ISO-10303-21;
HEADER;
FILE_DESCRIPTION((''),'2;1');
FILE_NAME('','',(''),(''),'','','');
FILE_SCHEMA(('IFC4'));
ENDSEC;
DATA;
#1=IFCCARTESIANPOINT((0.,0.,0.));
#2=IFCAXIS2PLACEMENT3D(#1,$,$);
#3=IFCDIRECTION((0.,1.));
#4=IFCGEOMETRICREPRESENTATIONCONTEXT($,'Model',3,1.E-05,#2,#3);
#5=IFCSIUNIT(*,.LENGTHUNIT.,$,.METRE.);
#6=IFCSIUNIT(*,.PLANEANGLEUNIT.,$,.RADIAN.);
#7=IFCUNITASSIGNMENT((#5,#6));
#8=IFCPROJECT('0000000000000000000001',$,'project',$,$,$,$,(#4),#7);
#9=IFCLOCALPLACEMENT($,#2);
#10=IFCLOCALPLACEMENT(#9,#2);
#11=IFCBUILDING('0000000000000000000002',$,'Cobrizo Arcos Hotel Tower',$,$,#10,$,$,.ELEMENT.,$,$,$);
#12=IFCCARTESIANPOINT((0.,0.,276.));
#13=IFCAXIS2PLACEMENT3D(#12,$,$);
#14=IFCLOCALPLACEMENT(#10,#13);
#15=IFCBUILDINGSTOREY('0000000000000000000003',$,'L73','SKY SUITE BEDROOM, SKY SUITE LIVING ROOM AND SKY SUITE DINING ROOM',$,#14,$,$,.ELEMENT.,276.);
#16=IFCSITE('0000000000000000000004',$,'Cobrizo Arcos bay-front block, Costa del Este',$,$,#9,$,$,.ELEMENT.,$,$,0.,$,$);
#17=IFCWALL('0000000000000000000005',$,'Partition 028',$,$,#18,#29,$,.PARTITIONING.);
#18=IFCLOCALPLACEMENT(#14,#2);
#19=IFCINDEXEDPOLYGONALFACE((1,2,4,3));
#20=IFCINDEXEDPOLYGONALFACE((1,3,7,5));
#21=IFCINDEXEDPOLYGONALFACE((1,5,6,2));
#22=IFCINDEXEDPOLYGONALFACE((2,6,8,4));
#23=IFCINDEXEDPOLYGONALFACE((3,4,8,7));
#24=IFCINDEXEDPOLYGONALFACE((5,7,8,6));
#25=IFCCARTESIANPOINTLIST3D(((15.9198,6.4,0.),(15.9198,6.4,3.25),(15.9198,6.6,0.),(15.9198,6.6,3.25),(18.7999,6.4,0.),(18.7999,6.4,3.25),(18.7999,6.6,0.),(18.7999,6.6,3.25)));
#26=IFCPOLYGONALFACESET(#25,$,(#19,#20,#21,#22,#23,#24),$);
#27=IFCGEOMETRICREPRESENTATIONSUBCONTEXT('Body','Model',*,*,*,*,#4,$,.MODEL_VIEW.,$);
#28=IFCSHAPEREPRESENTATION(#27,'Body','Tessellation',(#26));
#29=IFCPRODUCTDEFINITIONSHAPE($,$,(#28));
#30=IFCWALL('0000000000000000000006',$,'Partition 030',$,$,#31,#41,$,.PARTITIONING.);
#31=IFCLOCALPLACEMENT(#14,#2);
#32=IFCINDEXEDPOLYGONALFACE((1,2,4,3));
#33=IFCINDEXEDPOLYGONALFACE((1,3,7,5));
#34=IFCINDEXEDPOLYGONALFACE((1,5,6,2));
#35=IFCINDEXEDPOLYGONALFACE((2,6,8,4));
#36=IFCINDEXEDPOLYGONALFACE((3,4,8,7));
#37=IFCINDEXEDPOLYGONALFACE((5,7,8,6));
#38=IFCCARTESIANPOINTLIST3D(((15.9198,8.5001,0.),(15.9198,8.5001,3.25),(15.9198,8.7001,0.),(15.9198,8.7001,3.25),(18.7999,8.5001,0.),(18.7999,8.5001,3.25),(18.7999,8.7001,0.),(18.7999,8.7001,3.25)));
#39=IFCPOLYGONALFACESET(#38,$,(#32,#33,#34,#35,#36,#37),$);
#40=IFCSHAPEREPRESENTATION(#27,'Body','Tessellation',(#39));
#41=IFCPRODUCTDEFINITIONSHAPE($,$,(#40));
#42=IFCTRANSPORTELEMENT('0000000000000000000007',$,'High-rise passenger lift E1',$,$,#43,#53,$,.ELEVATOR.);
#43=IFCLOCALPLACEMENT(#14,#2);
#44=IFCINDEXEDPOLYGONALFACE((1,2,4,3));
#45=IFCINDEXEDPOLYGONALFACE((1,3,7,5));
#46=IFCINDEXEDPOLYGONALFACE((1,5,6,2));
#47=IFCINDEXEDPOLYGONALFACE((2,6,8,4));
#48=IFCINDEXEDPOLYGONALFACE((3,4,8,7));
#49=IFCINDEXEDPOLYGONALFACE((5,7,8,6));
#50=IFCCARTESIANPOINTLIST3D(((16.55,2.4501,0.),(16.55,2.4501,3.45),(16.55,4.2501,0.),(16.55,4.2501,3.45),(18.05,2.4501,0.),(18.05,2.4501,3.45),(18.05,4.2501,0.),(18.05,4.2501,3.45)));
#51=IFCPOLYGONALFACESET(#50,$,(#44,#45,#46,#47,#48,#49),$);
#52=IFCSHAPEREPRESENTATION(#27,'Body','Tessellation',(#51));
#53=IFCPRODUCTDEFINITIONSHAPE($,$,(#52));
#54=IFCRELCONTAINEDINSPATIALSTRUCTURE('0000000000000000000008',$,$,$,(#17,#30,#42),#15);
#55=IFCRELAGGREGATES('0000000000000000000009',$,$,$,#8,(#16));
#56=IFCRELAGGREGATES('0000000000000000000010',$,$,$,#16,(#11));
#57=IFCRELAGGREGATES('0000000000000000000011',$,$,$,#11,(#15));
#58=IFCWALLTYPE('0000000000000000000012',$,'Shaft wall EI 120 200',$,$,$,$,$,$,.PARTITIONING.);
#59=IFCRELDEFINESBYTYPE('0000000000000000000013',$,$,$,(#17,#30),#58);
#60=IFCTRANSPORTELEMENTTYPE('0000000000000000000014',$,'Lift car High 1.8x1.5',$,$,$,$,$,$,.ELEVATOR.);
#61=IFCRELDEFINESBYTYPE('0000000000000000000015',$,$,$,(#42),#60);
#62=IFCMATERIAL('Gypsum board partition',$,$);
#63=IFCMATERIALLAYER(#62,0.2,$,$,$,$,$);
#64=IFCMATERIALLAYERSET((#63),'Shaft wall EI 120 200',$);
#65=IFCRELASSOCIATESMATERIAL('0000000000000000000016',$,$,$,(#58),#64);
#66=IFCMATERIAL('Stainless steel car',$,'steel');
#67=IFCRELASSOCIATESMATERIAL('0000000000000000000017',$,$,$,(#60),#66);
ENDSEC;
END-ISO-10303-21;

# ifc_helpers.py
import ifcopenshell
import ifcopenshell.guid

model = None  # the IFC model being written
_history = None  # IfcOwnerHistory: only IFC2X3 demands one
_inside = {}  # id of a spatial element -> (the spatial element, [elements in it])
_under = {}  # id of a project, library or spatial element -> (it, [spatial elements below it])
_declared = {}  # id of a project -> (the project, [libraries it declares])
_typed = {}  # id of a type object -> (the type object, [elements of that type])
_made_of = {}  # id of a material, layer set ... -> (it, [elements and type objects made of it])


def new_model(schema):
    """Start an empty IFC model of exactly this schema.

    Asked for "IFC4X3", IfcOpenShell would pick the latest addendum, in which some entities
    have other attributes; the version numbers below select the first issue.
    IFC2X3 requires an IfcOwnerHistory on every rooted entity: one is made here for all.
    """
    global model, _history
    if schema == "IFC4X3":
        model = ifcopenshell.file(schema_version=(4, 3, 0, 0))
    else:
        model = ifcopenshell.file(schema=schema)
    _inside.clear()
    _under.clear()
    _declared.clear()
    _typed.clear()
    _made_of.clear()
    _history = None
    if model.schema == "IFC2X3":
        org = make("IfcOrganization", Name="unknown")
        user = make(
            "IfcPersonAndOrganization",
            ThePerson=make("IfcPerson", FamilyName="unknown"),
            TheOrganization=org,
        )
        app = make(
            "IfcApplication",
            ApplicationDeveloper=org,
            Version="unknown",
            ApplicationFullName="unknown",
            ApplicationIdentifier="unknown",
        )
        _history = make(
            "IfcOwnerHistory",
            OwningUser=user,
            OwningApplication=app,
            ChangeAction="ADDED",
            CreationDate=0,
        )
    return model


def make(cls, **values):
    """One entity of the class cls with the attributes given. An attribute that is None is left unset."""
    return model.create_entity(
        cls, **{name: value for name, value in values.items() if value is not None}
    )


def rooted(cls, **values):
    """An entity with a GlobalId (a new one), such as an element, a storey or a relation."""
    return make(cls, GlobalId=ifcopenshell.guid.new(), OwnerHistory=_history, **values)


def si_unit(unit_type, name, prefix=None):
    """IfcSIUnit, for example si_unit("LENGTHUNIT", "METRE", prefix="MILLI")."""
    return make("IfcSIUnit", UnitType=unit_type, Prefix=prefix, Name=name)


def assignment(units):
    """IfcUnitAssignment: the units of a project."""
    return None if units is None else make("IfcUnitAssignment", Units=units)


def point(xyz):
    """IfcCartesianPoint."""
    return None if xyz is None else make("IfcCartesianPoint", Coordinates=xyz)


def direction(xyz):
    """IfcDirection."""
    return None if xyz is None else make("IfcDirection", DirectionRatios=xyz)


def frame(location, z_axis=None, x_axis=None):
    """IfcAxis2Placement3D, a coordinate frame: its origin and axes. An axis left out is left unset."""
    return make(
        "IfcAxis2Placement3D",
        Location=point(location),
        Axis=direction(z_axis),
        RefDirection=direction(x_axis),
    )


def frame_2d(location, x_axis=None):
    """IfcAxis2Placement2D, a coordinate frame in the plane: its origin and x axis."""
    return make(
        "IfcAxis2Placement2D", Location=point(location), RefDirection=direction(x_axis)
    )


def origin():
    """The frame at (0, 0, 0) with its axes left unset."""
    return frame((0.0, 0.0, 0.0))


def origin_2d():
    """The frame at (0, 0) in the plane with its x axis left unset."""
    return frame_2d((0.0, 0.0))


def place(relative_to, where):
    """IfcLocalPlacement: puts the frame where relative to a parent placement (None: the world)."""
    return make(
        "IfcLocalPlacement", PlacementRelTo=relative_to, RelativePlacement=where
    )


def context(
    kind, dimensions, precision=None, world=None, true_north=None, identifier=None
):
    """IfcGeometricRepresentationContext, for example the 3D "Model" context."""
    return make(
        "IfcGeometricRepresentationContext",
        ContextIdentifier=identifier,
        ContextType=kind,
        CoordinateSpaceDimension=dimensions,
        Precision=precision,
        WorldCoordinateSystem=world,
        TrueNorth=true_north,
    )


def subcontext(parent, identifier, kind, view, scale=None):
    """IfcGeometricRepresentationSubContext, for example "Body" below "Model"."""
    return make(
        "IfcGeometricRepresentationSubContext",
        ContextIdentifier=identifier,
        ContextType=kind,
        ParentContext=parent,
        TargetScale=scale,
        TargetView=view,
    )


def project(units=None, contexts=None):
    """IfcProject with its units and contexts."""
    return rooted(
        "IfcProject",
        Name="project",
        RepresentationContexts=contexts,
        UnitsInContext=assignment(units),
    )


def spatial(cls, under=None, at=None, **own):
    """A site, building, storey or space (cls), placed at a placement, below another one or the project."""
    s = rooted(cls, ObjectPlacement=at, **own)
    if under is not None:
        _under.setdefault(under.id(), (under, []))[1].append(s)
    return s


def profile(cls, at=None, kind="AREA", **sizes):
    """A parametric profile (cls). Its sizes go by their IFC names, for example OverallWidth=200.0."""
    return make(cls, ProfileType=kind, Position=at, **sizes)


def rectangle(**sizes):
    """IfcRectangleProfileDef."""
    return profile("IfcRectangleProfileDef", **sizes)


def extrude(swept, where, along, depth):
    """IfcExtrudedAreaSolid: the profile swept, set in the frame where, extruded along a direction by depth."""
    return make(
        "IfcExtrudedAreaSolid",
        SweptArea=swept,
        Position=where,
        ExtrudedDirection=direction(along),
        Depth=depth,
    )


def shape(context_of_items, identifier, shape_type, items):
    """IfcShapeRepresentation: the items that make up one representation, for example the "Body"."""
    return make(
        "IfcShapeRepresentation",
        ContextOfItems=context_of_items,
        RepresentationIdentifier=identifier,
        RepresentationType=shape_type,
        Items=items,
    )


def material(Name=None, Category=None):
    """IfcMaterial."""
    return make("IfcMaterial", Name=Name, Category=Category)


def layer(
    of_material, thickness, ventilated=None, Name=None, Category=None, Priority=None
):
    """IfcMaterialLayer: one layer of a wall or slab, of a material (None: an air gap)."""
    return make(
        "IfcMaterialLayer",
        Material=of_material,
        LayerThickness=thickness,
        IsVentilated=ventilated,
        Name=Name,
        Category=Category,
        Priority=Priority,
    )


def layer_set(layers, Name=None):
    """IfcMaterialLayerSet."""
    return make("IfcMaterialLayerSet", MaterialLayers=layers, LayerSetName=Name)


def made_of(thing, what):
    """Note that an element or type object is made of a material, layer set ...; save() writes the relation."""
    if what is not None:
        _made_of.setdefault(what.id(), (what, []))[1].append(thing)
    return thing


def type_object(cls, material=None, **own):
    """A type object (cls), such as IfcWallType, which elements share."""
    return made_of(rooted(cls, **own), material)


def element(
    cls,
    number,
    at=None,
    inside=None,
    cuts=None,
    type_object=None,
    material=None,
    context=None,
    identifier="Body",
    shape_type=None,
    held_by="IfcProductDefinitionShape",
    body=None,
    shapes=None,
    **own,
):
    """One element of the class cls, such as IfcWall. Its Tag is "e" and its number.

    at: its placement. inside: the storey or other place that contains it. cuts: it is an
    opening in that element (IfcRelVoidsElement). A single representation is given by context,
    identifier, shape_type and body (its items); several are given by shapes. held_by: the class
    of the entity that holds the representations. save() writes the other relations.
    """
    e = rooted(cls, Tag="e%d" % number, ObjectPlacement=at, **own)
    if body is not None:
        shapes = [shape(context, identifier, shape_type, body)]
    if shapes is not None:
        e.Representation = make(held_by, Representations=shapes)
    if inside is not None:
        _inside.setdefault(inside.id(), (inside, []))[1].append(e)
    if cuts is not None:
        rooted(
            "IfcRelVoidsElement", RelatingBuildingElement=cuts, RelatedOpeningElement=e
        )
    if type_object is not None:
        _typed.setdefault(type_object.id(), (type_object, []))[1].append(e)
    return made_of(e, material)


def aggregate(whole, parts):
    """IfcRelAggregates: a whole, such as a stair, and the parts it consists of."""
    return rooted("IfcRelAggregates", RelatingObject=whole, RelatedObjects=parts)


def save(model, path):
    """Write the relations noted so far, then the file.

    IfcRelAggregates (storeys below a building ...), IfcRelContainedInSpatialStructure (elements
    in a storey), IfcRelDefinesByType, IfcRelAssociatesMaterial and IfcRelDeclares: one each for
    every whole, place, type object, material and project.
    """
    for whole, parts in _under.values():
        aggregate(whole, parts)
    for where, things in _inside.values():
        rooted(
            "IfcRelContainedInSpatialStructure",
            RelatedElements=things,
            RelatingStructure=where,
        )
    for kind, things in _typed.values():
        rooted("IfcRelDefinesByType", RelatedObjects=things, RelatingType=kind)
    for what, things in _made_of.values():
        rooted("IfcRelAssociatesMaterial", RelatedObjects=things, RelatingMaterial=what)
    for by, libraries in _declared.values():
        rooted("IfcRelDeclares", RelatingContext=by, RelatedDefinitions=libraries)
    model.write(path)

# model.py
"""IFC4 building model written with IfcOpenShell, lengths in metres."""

from ifc_helpers import new_model, si_unit, direction, frame, frame_2d, origin, origin_2d, place, context, subcontext, project, spatial, rectangle, extrude, material, layer, layer_set, type_object, element, save


model = new_model("IFC4")

# Units and contexts
model_context = context("Model", 3, precision=1e-05, world=origin(), true_north=direction((0.0, 1.0)))
body_context = subcontext(model_context, "Body", "Model", "MODEL_VIEW")
ifc_project = project(units=[si_unit("LENGTHUNIT", "METRE"), si_unit("PLANEANGLEUNIT", "RADIAN")], contexts=[model_context])

# Site, building, storey
site_placement = place(None, origin())
site = spatial("IfcSite", under=ifc_project, at=site_placement, Name="Cobrizo Arcos bay-front block, Costa del Este", CompositionType="ELEMENT", RefElevation=0.0)
building_placement = place(site_placement, origin())
building = spatial("IfcBuilding", under=site, at=building_placement, Name="Cobrizo Arcos Hotel Tower", CompositionType="ELEMENT")
storey_placement = place(building_placement, frame((0.0, 0.0, 276.0)))
storey = spatial("IfcBuildingStorey", under=building, at=storey_placement, Name="L73", Description="SKY SUITE BEDROOM, SKY SUITE LIVING ROOM AND SKY SUITE DINING ROOM", CompositionType="ELEMENT", Elevation=276.0)

# Shared definitions
ifc_material_1 = material(Name="Gypsum board partition")

# Shared definitions
ifc_layer_1 = layer(ifc_material_1, 0.2)
ifc_layer_set_1 = layer_set([ifc_layer_1], Name="Shaft wall EI 120 200")
wall_type_1 = type_object("IfcWallType", Name="Shaft wall EI 120 200", PredefinedType="PARTITIONING", material=ifc_layer_set_1)

# Walls
for number, where, z_axis, x_axis, name in (
    (1, (15.9199, 6.5, 0.0), (0.0, 0.0, 1.0), (1.0, 0.0, 0.0), "Partition 028"),
    (2, (15.9199, 8.6001, 0.0), (0.0, 0.0, 1.0), (1.0, 0.0, 0.0), "Partition 030"),
):
    element("IfcWall", number, at=place(storey_placement, frame(where, z_axis=z_axis, x_axis=x_axis)), inside=storey, type_object=wall_type_1, Name=name, PredefinedType="PARTITIONING", context=body_context, shape_type="SweptSolid", body=[
        extrude(rectangle(XDim=2.8801, YDim=0.2, at=frame_2d((1.4399, 0.0))), origin(), (0.0, 0.0, 1.0), 3.25),
    ])

# Transport element
ifc_material_2 = material(Name="Stainless steel car", Category="steel")
transport_element_type = type_object("IfcTransportElementType", Name="Lift car High 1.8x1.5", PredefinedType="ELEVATOR", material=ifc_material_2)
transport_element_placement = place(storey_placement, frame((17.3, 3.3501, 0.0), z_axis=(0.0, 0.0, 1.0), x_axis=(1.0, 0.0, 0.0)))
element("IfcTransportElement", 3, at=transport_element_placement, inside=storey, type_object=transport_element_type, Name="High-rise passenger lift E1", PredefinedType="ELEVATOR", context=body_context, shape_type="SweptSolid", body=[
    extrude(rectangle(XDim=1.5, YDim=1.8, at=origin_2d()), origin(), (0.0, 0.0, 1.0), 3.45),
])

save(model, "model.ifc")
